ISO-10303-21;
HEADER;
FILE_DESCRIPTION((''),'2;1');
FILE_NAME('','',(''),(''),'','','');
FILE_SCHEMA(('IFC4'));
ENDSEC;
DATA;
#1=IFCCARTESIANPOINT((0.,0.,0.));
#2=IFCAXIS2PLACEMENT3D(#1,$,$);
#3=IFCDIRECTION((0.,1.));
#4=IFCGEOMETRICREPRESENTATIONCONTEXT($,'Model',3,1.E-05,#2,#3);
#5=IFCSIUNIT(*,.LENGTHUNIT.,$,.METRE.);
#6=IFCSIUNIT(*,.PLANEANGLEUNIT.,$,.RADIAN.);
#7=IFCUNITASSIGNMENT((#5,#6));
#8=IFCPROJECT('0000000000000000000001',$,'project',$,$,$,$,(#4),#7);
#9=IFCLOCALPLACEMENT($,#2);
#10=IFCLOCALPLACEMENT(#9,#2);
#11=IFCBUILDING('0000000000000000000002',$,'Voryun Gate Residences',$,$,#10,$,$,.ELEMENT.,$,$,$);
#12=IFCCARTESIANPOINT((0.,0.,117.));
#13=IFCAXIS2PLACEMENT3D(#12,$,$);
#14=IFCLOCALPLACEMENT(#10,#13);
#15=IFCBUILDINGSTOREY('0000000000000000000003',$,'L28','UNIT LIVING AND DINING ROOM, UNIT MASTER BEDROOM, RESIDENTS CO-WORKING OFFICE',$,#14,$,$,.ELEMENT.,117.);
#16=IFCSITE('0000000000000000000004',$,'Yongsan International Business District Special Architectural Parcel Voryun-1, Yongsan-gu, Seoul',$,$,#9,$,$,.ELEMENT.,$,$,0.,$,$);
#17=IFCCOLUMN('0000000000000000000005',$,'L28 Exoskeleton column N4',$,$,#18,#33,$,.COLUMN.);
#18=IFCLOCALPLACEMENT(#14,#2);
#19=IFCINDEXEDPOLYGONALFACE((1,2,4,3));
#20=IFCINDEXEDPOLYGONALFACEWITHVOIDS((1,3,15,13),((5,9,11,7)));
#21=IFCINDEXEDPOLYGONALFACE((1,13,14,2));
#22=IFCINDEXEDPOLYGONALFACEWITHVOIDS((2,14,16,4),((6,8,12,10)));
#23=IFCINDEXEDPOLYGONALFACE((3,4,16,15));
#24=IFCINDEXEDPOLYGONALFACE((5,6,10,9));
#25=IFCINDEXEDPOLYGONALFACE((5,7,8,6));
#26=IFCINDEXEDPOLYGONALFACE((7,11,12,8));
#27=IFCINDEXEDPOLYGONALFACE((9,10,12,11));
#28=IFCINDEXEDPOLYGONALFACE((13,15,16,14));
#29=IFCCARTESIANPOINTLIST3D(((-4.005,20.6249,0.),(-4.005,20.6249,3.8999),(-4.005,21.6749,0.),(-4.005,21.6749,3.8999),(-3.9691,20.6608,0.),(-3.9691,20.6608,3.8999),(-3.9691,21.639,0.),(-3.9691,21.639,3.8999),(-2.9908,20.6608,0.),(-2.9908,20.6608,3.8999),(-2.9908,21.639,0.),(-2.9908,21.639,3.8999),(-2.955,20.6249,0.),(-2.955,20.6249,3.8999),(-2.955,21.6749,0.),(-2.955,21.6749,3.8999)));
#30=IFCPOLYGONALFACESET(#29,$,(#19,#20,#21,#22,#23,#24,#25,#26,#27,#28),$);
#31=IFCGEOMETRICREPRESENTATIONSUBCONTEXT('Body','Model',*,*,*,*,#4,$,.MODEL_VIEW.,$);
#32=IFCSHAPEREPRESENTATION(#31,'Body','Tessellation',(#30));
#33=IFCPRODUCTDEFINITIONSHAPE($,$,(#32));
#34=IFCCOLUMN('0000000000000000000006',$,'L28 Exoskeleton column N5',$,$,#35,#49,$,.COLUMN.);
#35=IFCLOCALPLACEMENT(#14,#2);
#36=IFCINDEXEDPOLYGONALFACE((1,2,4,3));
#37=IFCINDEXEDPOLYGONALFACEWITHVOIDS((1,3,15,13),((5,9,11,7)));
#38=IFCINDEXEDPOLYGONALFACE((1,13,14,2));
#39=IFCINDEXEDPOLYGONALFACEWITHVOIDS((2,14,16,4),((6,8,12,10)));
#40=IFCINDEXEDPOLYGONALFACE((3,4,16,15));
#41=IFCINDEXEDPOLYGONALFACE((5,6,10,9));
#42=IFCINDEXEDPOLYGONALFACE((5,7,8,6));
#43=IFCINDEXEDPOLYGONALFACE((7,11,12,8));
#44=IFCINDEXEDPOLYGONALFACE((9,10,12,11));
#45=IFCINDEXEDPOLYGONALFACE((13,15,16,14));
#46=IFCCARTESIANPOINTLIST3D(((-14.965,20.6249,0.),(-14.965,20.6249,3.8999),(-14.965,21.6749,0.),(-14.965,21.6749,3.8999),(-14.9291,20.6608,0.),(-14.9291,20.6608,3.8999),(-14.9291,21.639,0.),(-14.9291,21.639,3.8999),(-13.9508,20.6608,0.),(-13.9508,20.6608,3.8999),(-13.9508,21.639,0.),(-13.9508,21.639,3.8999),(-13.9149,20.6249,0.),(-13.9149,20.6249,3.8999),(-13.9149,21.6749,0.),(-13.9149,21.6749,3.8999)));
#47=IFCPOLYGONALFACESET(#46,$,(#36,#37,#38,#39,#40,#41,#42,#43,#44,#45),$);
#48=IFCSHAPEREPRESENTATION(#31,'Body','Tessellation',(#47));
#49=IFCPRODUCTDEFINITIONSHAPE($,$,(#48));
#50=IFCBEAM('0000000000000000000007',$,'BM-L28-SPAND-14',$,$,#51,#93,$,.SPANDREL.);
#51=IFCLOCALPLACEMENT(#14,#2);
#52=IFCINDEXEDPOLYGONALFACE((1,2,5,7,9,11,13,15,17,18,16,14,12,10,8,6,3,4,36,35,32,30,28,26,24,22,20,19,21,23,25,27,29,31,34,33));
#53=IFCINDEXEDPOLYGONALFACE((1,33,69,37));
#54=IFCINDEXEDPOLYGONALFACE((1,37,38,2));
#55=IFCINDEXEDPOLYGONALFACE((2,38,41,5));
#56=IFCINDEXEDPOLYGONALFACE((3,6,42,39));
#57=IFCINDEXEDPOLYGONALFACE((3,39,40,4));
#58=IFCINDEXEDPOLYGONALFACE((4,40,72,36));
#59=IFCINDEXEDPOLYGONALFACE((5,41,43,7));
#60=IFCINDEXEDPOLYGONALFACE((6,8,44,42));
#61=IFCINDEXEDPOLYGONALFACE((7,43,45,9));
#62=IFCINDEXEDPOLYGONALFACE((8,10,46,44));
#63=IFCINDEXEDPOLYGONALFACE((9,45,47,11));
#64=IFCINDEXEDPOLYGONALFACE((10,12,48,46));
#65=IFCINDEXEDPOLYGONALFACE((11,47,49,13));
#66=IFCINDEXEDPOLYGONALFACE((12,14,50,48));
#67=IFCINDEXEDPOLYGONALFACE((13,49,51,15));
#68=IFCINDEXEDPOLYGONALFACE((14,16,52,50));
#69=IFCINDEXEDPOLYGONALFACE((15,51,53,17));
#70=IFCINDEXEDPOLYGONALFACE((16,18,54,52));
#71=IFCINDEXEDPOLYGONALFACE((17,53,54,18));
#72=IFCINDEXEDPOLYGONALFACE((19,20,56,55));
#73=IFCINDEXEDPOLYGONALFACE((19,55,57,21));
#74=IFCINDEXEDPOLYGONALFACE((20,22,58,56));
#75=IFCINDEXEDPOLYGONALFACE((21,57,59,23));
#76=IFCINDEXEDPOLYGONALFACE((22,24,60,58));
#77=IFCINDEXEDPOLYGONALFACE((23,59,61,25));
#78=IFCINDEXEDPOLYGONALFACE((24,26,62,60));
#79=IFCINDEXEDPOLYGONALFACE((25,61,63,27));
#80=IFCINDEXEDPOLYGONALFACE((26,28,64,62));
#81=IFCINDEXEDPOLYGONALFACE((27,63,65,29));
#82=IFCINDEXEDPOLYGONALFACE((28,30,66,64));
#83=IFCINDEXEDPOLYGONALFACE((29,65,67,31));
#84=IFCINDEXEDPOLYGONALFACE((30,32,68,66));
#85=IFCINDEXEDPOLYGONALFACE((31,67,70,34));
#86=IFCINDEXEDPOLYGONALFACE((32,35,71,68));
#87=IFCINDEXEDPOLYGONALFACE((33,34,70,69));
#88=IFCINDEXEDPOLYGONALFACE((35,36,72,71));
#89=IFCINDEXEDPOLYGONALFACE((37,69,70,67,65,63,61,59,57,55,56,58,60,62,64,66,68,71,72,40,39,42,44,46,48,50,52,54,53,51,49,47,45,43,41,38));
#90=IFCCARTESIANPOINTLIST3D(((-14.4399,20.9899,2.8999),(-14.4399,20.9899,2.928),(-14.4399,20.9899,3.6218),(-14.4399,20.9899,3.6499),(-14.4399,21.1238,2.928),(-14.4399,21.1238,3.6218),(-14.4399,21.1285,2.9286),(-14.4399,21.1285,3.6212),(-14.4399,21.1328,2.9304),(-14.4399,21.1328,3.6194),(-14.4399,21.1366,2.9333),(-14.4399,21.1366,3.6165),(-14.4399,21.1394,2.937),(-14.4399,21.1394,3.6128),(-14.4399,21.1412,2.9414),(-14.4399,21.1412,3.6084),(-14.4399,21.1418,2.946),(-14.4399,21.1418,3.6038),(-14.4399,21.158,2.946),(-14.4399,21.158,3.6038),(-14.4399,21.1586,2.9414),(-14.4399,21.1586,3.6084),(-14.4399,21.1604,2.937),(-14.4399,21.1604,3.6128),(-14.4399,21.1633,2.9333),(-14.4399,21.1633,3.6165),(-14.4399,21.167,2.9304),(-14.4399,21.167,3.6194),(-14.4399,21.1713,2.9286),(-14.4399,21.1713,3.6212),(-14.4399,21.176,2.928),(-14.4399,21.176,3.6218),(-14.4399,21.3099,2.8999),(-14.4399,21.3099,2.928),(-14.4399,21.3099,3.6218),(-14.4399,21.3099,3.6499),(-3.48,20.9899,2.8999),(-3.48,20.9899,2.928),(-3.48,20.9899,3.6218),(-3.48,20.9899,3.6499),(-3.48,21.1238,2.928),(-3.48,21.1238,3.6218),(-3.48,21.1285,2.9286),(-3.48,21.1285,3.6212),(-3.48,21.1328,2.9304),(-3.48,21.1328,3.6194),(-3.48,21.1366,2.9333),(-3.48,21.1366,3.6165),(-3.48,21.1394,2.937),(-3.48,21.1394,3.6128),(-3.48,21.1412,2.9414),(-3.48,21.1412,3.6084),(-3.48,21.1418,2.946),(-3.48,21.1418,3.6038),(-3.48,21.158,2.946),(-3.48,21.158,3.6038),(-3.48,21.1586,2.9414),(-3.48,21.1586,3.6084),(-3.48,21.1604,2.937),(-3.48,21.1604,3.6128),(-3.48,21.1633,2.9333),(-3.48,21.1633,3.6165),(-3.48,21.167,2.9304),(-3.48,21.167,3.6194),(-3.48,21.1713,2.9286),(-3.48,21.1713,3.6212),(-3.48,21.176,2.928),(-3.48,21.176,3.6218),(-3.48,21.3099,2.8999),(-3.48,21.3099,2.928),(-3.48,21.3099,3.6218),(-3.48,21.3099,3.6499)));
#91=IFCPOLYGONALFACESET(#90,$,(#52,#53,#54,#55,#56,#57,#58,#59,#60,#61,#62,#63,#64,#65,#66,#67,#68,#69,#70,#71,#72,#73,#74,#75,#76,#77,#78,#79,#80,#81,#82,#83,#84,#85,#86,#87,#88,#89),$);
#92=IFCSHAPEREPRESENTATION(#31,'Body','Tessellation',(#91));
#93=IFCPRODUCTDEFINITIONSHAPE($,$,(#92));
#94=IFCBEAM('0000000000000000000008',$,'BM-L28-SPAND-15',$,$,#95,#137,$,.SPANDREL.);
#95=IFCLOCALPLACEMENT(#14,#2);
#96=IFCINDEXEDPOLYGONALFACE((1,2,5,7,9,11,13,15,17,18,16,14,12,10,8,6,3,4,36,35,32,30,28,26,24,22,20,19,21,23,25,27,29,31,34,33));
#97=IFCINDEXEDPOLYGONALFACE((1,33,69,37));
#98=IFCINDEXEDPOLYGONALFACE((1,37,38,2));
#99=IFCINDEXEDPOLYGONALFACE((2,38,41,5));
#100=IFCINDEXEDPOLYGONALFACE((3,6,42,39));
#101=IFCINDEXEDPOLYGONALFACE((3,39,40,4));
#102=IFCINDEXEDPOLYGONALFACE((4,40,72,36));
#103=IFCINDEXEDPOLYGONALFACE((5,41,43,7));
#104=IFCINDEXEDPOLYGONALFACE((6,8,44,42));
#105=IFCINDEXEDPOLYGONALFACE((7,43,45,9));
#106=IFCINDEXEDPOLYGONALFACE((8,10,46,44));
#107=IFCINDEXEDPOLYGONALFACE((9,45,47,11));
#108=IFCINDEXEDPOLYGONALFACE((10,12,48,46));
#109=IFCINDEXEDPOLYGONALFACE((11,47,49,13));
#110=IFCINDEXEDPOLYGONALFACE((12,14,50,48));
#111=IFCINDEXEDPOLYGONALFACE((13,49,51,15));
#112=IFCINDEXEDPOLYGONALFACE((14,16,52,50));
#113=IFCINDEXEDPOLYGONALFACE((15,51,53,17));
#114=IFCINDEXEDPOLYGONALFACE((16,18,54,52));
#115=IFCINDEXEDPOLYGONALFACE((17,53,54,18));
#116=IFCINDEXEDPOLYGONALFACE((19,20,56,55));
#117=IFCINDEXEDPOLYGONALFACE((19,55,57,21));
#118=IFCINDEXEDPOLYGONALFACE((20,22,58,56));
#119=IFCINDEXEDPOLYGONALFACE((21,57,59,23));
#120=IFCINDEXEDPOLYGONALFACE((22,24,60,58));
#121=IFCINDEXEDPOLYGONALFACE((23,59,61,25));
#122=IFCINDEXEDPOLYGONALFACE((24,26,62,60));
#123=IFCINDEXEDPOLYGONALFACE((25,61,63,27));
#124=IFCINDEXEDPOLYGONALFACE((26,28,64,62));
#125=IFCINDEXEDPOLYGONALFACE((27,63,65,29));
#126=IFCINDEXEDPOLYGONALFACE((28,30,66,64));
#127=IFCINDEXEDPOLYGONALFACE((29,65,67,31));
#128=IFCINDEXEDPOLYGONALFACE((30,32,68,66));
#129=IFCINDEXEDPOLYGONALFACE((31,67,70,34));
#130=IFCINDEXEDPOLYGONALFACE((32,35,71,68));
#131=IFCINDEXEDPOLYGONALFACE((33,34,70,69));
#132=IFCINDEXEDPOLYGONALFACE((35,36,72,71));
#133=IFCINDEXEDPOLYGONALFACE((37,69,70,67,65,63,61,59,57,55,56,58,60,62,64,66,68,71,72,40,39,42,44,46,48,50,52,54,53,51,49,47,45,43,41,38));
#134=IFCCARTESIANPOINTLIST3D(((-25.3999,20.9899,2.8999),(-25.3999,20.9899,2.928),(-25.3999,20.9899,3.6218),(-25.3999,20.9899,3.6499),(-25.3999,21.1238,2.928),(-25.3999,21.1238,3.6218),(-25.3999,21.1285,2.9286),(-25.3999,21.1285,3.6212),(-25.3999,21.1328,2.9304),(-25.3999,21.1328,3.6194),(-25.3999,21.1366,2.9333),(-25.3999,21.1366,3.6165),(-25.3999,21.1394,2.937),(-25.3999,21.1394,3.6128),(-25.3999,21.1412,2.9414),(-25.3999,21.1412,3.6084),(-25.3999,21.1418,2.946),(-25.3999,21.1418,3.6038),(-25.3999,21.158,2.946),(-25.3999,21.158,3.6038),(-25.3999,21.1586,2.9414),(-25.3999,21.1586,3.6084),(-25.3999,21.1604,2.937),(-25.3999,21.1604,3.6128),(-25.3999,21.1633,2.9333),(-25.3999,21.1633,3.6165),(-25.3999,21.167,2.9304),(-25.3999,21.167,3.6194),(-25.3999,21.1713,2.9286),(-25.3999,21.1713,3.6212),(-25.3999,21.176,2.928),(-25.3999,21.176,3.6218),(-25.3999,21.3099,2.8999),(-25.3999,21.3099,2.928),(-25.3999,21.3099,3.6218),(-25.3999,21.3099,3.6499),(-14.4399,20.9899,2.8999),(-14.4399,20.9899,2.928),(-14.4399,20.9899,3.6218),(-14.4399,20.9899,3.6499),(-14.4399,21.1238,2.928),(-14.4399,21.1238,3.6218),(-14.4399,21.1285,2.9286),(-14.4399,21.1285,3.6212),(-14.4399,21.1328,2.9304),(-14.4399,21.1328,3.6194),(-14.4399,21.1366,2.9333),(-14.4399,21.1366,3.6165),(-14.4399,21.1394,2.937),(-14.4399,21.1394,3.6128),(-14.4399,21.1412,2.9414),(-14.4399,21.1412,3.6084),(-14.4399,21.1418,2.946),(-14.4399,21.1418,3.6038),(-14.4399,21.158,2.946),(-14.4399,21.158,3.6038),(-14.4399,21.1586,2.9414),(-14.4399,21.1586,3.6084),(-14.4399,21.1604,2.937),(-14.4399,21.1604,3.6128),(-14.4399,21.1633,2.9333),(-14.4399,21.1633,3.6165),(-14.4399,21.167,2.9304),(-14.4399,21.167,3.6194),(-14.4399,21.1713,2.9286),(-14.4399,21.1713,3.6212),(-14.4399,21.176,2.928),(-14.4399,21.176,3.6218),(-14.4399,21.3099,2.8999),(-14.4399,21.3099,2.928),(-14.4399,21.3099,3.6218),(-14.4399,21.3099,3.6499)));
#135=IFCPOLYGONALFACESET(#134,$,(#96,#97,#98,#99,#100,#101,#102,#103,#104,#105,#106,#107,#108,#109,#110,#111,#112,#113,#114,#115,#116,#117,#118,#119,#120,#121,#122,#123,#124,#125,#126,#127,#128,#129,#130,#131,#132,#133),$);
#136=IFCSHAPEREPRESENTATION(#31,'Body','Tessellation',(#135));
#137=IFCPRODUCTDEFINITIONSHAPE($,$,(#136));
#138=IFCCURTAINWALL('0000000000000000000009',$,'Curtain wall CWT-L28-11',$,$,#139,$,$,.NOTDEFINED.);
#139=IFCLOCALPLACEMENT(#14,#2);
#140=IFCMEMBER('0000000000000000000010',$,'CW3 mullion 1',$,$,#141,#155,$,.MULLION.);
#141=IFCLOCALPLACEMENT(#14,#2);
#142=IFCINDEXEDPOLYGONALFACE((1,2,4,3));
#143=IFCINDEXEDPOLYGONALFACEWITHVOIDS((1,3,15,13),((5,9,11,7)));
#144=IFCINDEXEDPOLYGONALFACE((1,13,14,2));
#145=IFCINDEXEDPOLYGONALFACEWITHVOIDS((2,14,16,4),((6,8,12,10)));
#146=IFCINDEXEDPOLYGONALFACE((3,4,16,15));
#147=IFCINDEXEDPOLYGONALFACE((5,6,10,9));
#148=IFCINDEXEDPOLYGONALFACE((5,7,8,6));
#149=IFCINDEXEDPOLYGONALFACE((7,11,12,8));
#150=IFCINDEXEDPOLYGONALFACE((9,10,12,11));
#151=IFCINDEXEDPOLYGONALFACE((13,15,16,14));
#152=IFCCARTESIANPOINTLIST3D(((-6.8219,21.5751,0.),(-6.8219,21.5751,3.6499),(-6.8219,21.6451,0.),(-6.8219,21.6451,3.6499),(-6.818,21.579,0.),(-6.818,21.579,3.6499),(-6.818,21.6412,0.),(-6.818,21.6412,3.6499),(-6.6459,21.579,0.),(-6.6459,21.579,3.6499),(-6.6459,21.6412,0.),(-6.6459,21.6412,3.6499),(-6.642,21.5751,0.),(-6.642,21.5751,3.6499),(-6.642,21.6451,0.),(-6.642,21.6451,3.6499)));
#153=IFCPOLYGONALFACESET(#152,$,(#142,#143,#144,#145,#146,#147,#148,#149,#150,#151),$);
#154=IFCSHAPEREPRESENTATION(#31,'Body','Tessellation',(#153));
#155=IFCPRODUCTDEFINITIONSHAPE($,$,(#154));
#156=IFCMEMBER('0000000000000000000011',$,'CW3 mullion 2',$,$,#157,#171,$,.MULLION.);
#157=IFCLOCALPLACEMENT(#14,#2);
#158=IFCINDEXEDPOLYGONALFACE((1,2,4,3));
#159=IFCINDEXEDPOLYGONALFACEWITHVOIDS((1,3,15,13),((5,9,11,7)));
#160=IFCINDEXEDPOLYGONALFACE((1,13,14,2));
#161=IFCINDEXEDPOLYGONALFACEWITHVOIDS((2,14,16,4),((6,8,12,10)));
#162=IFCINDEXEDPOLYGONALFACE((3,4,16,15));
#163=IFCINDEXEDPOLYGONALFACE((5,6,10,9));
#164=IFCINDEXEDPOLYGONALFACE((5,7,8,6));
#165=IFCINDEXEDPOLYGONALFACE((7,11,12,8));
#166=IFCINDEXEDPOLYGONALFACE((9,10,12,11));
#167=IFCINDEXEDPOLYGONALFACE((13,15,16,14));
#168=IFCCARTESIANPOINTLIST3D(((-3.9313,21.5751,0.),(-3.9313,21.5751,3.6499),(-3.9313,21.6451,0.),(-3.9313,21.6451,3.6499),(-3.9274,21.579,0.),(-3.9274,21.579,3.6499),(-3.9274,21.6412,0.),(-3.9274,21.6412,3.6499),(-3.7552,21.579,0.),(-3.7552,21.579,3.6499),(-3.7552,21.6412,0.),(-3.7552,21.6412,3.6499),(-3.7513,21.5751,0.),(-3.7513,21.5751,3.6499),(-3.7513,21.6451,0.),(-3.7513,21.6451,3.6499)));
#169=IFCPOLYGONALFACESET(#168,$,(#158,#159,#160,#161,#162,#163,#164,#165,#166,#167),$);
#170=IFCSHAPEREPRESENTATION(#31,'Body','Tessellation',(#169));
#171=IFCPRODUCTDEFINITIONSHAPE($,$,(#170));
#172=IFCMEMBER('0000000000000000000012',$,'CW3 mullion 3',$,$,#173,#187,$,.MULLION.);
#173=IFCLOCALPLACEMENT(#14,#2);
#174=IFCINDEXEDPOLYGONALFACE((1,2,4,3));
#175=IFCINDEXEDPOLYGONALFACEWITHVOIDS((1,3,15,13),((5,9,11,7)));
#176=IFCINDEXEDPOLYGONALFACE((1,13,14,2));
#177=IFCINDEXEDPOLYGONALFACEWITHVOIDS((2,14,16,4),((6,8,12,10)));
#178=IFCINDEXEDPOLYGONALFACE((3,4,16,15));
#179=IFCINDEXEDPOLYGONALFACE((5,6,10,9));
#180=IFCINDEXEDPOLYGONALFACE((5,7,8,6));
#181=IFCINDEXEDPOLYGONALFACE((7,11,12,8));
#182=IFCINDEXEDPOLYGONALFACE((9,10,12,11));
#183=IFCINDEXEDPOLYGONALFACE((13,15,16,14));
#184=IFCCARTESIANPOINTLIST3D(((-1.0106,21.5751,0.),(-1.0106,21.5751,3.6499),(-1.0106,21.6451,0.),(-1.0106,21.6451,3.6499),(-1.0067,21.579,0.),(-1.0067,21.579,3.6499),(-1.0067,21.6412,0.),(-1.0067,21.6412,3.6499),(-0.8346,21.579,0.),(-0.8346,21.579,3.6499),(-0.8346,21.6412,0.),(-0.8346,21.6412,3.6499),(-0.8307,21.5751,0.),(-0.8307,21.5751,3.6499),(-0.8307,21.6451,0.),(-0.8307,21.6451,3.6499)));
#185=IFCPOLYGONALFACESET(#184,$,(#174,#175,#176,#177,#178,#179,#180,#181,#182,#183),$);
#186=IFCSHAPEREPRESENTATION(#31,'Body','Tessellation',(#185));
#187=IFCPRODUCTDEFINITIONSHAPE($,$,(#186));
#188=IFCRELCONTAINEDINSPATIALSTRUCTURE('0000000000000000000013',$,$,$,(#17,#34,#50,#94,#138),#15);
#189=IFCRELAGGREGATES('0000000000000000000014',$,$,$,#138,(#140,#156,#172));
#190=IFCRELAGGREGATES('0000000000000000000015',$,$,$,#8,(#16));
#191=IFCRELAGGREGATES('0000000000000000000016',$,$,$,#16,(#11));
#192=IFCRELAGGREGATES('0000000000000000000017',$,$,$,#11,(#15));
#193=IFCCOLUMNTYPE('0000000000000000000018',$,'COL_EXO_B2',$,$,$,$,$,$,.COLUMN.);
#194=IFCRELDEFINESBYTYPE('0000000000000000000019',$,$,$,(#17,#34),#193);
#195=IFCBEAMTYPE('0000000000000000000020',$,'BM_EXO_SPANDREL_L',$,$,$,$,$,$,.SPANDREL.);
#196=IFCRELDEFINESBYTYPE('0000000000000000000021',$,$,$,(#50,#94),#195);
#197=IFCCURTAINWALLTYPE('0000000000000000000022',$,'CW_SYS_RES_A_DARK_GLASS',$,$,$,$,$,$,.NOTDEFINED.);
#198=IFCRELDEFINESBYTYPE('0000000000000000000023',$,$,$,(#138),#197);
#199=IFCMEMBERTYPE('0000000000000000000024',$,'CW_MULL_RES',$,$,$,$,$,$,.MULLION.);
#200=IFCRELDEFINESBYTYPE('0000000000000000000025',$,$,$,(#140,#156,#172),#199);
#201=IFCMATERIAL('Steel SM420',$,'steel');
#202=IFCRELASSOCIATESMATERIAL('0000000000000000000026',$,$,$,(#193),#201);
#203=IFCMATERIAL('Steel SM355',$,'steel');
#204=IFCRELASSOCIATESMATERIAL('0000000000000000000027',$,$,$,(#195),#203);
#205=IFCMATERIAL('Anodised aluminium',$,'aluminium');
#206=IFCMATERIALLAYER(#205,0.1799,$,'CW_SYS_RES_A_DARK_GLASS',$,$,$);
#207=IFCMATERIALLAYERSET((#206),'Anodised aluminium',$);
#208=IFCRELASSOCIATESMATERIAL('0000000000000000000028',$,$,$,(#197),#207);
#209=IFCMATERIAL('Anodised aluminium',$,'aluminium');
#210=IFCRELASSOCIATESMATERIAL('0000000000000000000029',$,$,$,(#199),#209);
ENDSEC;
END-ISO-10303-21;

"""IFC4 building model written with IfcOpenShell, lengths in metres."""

from ifc_helpers import new_model, si_unit, direction, frame, origin, origin_2d, place, context, subcontext, project, spatial, hollow_rectangle, i_section, extrude, material, layer, layer_set, material_profile, profile_set, type_object, element, aggregate, save


model = new_model("IFC4")

# Units and contexts
model_context = context("Model", 3, precision=1e-05, world=origin(), true_north=direction((0.0, 1.0)))
body_context = subcontext(model_context, "Body", "Model", "MODEL_VIEW")
ifc_project = project(units=[si_unit("LENGTHUNIT", "METRE"), si_unit("PLANEANGLEUNIT", "RADIAN")], contexts=[model_context])

# Site, building, storey
site_placement = place(None, origin())
site = spatial("IfcSite", under=ifc_project, at=site_placement, Name="Yongsan International Business District Special Architectural Parcel Voryun-1, Yongsan-gu, Seoul", CompositionType="ELEMENT", RefElevation=0.0)
building_placement = place(site_placement, origin())
building = spatial("IfcBuilding", under=site, at=building_placement, Name="Voryun Gate Residences", CompositionType="ELEMENT")
storey_placement = place(building_placement, frame((0.0, 0.0, 117.0)))
storey = spatial("IfcBuildingStorey", under=building, at=storey_placement, Name="L28", Description="UNIT LIVING AND DINING ROOM, UNIT MASTER BEDROOM, RESIDENTS CO-WORKING OFFICE", CompositionType="ELEMENT", Elevation=117.0)

# Columns
ifc_material_1 = material(Name="Steel SM420", Category="steel")
ifc_material_profile_1 = material_profile(ifc_material_1, hollow_rectangle(XDim=1.05, YDim=1.05, WallThickness=0.0359, at=origin_2d()), Name="BOX-1050x1050x36")
ifc_profile_set_1 = profile_set([ifc_material_profile_1], Name="Steel SM420")
column_type = type_object("IfcColumnType", Name="COL_EXO_B2", PredefinedType="COLUMN", material=ifc_profile_set_1)
for number, where, z_axis, x_axis, name in (
    (1, (-3.48, 21.1499, 0.0), (0.0, 0.0, 1.0), (1.0, 0.0, 0.0), "L28 Exoskeleton column N4"),
    (2, (-14.4399, 21.1499, 0.0), (0.0, 0.0, 1.0), (1.0, 0.0, 0.0), "L28 Exoskeleton column N5"),
):
    element("IfcColumn", number, at=place(storey_placement, frame(where, z_axis=z_axis, x_axis=x_axis)), inside=storey, type_object=column_type, Name=name, PredefinedType="COLUMN", context=body_context, shape_type="SweptSolid", body=[
        extrude(hollow_rectangle(XDim=1.05, YDim=1.05, WallThickness=0.0359, at=origin_2d()), origin(), (0.0, 0.0, 1.0), 3.8999),
    ])

# Beams
ifc_material_2 = material(Name="Steel SM355", Category="steel")
ifc_material_profile_2 = material_profile(ifc_material_2, i_section(OverallWidth=0.3201, OverallDepth=0.75, WebThickness=0.0161, FlangeThickness=0.0281, FilletRadius=0.0181, at=origin_2d()), Name="H-750x320x16x28")
ifc_profile_set_2 = profile_set([ifc_material_profile_2], Name="Steel SM355")
beam_type = type_object("IfcBeamType", Name="BM_EXO_SPANDREL_L", PredefinedType="SPANDREL", material=ifc_profile_set_2)
for number, where, z_axis, x_axis, name in (
    (3, (-3.48, 21.1499, 3.2749), (-1.0, 0.0, 0.0), (0.0, -1.0, 0.0), "BM-L28-SPAND-14"),
    (4, (-14.4399, 21.1499, 3.2749), (-1.0, 0.0, 0.0), (0.0, -1.0, 0.0), "BM-L28-SPAND-15"),
):
    element("IfcBeam", number, at=place(storey_placement, frame(where, z_axis=z_axis, x_axis=x_axis)), inside=storey, type_object=beam_type, Name=name, PredefinedType="SPANDREL", context=body_context, shape_type="SweptSolid", body=[
        extrude(i_section(OverallWidth=0.3201, OverallDepth=0.75, WebThickness=0.0161, FlangeThickness=0.0281, FilletRadius=0.0181, at=origin_2d()), origin(), (0.0, 0.0, 1.0), 10.96),
    ])

# Curtain wall, members
ifc_material_3 = material(Name="Anodised aluminium", Category="aluminium")
ifc_layer_1 = layer(ifc_material_3, 0.1799, Name="CW_SYS_RES_A_DARK_GLASS")
ifc_layer_set_1 = layer_set([ifc_layer_1], Name="Anodised aluminium")
curtain_wall_type = type_object("IfcCurtainWallType", Name="CW_SYS_RES_A_DARK_GLASS", PredefinedType="NOTDEFINED", material=ifc_layer_set_1)
curtain_wall_placement = place(storey_placement, origin())
curtain_wall = element("IfcCurtainWall", 5, at=curtain_wall_placement, inside=storey, type_object=curtain_wall_type, Name="Curtain wall CWT-L28-11", PredefinedType="NOTDEFINED")
ifc_material_4 = material(Name="Anodised aluminium", Category="aluminium")
ifc_material_profile_3 = material_profile(ifc_material_4, hollow_rectangle(XDim=0.0701, YDim=0.1799, WallThickness=0.0039, at=origin_2d()), Name="ALU-MULL-180x70x4")
ifc_profile_set_3 = profile_set([ifc_material_profile_3], Name="Anodised aluminium")
member_type_1 = type_object("IfcMemberType", Name="CW_MULL_RES", PredefinedType="MULLION", material=ifc_profile_set_3)
member_1_placement = place(storey_placement, frame((-6.7319, 21.6101, 0.0), z_axis=(0.0, 0.0, 1.0), x_axis=(0.0, 1.0, 0.0)))
member_1 = element("IfcMember", 6, at=member_1_placement, type_object=member_type_1, Name="CW3 mullion 1", PredefinedType="MULLION", context=body_context, shape_type="SweptSolid", body=[
    extrude(hollow_rectangle(XDim=0.0701, YDim=0.1799, WallThickness=0.0039, at=origin_2d()), origin(), (0.0, 0.0, 1.0), 3.6499),
])
member_2_placement = place(storey_placement, frame((-3.8413, 21.6101, 0.0), z_axis=(0.0, 0.0, 1.0), x_axis=(0.0, 1.0, 0.0)))
member_2 = element("IfcMember", 7, at=member_2_placement, type_object=member_type_1, Name="CW3 mullion 2", PredefinedType="MULLION", context=body_context, shape_type="SweptSolid", body=[
    extrude(hollow_rectangle(XDim=0.0701, YDim=0.1799, WallThickness=0.0039, at=origin_2d()), origin(), (0.0, 0.0, 1.0), 3.6499),
])
member_3_placement = place(storey_placement, frame((-0.9207, 21.6101, 0.0), z_axis=(0.0, 0.0, 1.0), x_axis=(0.0, 1.0, 0.0)))
member_3 = element("IfcMember", 8, at=member_3_placement, type_object=member_type_1, Name="CW3 mullion 3", PredefinedType="MULLION", context=body_context, shape_type="SweptSolid", body=[
    extrude(hollow_rectangle(XDim=0.0701, YDim=0.1799, WallThickness=0.0039, at=origin_2d()), origin(), (0.0, 0.0, 1.0), 3.6499),
])
aggregate(curtain_wall, [member_1, member_2, member_3])

save(model, "model.ifc")
